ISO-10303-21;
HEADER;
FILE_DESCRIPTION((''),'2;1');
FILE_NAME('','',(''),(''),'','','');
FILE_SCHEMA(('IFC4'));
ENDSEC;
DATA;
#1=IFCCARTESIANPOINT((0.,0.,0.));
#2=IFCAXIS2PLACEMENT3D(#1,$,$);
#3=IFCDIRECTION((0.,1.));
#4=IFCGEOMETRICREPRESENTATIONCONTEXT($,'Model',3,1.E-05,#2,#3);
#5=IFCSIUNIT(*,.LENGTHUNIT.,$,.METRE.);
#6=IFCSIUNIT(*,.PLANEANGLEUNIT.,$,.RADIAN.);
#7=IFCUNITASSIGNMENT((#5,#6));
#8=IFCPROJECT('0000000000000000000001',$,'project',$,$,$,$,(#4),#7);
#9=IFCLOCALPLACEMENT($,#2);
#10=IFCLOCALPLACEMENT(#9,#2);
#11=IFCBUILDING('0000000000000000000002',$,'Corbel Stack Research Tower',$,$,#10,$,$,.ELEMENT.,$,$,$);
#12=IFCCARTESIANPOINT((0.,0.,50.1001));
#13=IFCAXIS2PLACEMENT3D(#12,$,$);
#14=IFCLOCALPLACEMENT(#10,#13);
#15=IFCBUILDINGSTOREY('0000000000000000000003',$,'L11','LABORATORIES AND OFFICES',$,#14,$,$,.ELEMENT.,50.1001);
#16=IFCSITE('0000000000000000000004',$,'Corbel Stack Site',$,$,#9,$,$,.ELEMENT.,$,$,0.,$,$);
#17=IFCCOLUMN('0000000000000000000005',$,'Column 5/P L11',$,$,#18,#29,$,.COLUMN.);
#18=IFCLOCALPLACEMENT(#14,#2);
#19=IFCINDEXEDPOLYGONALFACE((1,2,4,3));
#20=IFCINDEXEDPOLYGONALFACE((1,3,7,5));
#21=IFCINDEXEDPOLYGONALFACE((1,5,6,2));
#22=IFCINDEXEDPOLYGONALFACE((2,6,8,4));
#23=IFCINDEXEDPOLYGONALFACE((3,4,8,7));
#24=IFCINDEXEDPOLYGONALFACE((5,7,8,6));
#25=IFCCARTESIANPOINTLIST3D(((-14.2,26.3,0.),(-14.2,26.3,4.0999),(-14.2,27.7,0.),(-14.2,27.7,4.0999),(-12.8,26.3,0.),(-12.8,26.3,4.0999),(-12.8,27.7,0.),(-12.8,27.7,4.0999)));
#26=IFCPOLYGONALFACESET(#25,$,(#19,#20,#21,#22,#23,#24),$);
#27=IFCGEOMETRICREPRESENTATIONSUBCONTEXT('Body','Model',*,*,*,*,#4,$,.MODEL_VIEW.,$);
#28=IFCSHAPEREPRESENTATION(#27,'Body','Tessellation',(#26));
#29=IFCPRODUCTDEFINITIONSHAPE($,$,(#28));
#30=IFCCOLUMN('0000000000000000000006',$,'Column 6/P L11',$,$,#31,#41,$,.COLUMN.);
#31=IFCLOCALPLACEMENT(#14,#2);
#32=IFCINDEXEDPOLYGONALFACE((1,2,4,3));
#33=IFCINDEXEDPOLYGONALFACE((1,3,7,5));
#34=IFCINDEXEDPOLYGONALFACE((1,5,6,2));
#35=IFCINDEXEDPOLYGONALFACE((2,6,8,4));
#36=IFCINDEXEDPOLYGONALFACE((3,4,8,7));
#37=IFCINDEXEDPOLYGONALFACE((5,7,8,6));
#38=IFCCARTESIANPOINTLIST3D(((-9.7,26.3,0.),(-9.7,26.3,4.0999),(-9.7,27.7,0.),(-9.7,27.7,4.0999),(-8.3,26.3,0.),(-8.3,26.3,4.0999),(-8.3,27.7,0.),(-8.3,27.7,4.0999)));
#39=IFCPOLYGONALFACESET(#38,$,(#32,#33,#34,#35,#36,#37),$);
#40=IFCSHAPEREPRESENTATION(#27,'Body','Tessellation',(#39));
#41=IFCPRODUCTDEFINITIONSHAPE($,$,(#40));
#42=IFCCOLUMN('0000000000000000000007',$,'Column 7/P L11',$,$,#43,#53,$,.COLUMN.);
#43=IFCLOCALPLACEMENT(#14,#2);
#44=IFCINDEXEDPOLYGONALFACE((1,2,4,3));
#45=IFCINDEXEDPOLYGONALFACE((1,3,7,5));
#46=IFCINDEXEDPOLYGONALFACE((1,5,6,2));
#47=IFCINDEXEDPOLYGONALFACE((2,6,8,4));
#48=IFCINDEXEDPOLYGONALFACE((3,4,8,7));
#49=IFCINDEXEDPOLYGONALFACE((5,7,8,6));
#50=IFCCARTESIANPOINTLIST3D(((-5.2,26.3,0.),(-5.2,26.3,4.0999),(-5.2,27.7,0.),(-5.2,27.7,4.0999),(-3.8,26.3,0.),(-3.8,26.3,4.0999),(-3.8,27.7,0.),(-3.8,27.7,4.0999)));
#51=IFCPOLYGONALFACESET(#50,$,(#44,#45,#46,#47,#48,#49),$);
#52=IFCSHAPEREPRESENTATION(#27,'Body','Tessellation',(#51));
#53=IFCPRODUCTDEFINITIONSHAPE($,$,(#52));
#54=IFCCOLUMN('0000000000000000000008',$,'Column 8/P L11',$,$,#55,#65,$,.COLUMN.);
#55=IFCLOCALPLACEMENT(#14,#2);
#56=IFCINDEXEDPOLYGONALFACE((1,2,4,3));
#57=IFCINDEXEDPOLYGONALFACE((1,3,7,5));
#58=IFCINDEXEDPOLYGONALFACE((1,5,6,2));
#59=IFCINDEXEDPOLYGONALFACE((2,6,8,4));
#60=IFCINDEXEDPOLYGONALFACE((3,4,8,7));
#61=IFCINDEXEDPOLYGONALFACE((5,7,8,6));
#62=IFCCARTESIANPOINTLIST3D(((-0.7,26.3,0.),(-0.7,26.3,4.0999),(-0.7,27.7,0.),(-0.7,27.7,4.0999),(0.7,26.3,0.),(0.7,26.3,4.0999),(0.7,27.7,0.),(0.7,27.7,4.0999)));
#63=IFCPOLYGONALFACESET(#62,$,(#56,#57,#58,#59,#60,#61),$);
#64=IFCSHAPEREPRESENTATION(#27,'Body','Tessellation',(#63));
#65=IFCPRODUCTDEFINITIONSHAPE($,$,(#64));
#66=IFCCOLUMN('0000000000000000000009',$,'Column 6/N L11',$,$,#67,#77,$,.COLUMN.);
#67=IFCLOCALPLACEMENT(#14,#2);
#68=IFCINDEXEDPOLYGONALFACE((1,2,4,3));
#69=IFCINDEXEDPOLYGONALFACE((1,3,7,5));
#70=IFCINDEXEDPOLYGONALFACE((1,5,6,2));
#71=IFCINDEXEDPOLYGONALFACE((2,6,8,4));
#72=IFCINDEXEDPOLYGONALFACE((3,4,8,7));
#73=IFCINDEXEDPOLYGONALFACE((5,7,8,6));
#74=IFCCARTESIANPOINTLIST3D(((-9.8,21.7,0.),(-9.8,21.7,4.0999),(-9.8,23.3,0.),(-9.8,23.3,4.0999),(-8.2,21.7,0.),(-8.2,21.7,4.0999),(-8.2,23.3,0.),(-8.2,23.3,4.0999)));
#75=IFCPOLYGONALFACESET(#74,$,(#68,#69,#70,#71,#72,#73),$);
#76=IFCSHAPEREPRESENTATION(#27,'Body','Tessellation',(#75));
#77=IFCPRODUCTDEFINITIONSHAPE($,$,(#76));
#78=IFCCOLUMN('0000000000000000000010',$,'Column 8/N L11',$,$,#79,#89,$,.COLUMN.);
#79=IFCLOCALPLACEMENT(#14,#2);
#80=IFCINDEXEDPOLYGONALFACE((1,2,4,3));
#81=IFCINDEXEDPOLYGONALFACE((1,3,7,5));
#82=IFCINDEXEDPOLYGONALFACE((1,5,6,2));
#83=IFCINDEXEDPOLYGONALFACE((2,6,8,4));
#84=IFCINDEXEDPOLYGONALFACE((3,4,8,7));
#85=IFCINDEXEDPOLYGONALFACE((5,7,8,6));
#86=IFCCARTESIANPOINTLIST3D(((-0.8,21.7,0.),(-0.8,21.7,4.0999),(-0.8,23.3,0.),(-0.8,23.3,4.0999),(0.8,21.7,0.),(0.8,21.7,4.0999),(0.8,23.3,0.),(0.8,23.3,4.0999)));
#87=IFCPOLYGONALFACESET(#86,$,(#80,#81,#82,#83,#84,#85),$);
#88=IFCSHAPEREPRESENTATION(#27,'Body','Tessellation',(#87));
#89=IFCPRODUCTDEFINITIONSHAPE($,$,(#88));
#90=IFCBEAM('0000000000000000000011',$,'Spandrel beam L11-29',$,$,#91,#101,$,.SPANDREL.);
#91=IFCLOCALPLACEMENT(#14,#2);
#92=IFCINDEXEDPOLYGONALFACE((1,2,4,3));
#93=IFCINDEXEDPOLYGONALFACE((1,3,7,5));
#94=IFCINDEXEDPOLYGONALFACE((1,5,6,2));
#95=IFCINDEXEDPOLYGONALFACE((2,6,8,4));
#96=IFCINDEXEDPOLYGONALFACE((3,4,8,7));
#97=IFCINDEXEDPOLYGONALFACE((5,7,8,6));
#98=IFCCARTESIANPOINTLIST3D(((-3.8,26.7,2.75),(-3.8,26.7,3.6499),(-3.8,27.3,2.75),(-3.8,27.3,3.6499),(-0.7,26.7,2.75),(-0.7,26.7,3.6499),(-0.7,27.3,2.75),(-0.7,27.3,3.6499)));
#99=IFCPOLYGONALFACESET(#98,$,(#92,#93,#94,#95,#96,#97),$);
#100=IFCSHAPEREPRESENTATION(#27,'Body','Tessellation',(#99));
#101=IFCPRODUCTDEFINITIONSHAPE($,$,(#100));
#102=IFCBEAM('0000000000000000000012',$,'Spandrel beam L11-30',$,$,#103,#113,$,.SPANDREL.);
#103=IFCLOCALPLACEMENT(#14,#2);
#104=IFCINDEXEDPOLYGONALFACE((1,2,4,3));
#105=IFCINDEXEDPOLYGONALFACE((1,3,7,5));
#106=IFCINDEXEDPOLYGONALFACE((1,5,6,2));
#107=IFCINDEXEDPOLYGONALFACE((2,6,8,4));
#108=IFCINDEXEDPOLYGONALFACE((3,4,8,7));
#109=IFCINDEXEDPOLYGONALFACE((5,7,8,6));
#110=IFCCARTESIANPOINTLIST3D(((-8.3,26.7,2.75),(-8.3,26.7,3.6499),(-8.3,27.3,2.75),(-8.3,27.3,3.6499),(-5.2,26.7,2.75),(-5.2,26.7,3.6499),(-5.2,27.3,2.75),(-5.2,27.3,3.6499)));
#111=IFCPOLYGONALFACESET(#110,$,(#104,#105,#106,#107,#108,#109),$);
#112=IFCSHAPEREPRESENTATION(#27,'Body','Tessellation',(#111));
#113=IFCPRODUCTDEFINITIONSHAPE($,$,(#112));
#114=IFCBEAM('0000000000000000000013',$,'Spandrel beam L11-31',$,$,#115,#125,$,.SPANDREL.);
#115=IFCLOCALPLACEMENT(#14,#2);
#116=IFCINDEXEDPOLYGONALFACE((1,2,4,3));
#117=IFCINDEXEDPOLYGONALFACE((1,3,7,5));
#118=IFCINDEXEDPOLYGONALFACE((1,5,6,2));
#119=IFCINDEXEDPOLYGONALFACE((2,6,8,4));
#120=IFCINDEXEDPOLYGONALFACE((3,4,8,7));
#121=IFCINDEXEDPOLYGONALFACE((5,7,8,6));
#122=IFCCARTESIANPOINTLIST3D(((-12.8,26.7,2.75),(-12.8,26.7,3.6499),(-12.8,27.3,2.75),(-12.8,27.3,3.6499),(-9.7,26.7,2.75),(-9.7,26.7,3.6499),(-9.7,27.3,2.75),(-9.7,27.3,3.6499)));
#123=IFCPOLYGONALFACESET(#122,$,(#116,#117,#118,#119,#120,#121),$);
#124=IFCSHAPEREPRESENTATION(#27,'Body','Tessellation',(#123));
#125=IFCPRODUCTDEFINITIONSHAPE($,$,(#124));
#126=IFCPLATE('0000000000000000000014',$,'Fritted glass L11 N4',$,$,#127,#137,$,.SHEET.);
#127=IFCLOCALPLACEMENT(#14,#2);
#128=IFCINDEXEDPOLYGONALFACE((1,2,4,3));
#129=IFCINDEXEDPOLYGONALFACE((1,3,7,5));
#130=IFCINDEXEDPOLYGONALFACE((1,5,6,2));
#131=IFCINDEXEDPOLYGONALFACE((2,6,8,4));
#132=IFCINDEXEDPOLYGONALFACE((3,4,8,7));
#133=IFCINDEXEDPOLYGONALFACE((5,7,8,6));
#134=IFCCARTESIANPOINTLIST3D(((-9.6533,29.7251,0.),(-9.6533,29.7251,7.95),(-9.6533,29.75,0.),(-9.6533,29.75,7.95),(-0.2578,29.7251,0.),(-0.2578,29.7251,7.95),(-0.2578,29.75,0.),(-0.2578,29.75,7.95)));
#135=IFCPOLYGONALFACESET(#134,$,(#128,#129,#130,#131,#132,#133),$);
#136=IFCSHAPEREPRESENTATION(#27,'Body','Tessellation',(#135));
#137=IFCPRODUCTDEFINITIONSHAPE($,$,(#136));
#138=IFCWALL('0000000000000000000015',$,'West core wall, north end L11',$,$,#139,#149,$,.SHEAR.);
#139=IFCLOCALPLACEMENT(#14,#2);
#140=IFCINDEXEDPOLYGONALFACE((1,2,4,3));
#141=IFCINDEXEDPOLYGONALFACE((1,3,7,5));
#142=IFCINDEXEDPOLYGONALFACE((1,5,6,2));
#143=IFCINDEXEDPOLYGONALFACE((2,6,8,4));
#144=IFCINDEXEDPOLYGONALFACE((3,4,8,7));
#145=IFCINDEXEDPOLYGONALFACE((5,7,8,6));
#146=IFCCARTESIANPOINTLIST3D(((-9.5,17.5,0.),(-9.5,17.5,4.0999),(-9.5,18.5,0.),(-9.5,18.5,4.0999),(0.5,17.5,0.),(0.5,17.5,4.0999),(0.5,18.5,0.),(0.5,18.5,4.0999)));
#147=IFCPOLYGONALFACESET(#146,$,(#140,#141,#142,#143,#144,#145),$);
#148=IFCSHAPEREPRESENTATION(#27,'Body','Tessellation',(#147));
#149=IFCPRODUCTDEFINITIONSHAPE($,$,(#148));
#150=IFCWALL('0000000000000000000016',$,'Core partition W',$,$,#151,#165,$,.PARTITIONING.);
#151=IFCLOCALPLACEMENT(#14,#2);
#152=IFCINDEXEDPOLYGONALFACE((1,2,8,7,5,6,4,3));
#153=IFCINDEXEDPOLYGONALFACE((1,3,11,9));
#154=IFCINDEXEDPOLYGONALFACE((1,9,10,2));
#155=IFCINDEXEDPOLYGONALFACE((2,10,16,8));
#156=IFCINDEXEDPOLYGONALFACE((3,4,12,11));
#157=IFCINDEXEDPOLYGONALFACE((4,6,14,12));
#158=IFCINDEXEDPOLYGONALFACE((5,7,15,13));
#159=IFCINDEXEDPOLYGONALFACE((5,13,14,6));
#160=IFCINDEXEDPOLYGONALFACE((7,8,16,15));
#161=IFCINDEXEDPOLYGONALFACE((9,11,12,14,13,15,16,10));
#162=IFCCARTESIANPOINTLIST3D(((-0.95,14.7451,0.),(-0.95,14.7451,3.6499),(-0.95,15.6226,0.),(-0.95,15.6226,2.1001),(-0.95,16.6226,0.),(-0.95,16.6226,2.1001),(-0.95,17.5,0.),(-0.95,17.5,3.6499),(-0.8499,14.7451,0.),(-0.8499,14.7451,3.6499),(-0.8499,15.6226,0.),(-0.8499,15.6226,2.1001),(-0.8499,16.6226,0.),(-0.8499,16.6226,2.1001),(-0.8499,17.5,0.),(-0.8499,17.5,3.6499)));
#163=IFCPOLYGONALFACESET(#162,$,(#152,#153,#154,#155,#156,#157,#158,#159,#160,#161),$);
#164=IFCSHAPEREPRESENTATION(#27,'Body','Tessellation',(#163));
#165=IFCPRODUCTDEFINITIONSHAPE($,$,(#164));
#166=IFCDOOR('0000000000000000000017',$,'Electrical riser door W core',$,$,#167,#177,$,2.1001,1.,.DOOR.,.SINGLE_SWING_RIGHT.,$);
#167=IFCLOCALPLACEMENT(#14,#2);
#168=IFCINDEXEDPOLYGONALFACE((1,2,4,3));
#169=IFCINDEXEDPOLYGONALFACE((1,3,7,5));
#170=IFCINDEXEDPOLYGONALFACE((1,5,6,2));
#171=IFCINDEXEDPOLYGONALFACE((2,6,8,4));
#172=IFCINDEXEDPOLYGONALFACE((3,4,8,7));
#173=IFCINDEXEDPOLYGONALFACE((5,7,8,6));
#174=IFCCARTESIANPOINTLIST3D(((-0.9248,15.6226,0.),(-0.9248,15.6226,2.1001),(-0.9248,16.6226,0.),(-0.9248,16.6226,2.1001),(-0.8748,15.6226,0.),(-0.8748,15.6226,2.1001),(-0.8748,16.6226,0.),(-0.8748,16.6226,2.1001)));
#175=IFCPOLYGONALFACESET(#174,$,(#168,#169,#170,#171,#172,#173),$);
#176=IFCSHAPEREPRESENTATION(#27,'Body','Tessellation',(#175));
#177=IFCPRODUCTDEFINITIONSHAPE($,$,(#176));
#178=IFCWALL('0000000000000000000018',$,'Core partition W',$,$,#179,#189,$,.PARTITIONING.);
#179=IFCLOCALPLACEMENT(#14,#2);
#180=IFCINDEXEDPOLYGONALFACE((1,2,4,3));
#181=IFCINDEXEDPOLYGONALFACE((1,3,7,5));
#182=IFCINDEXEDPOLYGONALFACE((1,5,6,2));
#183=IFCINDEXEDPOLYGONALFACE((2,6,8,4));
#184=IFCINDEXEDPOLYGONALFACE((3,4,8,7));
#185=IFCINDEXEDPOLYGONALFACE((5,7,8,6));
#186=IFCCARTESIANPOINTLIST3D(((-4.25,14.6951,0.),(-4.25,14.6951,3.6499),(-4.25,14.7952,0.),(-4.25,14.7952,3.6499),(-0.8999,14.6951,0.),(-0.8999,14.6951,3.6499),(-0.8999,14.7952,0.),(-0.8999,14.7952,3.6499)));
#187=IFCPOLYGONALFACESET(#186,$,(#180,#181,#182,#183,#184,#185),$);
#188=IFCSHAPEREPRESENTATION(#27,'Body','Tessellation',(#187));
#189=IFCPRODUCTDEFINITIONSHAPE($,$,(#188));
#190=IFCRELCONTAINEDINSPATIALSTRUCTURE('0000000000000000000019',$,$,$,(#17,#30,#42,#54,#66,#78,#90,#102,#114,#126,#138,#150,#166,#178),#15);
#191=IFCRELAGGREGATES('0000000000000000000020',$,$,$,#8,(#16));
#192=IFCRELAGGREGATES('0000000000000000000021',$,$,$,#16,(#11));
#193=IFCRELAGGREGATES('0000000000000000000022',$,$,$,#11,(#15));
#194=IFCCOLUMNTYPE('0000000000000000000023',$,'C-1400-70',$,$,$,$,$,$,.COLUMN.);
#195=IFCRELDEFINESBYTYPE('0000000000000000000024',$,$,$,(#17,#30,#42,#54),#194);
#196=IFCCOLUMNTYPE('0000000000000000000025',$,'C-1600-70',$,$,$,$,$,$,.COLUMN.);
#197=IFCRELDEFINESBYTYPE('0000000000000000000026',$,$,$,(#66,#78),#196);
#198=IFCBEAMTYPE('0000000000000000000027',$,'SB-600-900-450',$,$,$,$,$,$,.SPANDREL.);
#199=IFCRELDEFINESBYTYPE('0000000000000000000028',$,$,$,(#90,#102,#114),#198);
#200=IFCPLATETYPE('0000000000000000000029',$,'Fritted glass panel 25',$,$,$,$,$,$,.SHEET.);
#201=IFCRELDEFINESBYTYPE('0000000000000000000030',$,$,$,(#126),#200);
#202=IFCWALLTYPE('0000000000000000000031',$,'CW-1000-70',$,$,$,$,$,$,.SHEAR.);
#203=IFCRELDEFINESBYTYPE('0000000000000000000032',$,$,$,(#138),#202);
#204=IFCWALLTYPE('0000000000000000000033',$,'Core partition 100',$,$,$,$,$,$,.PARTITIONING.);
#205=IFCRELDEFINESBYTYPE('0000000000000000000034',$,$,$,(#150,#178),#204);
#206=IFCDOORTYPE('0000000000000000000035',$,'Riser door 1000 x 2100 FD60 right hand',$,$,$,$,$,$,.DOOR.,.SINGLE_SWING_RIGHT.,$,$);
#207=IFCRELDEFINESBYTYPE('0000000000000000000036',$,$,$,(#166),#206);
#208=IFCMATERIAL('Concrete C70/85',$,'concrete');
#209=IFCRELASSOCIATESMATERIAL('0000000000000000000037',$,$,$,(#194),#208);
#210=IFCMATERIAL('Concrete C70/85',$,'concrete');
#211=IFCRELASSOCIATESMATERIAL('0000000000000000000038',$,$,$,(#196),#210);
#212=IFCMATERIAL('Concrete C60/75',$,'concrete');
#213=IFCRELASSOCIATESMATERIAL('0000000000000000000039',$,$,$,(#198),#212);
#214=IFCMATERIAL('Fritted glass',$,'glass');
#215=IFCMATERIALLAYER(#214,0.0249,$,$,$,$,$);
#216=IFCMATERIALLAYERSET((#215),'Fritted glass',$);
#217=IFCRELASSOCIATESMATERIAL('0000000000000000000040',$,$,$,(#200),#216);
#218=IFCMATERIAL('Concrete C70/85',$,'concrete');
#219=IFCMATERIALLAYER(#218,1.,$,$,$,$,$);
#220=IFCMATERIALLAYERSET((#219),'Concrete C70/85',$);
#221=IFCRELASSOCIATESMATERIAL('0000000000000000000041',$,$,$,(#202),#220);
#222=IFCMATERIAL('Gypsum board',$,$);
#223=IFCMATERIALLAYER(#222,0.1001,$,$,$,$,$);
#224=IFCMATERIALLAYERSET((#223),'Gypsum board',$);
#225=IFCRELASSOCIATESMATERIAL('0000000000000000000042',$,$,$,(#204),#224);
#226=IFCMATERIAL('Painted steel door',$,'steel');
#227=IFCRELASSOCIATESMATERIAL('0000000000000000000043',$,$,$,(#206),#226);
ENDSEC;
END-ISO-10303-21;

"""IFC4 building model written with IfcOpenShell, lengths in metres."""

from ifc_helpers import new_model, si_unit, direction, frame, frame_2d, origin, origin_2d, place, context, subcontext, project, spatial, rectangle, extrude, material, layer, layer_set, material_profile, profile_set, type_object, element, fill, save


model = new_model("IFC4")

# Units and contexts
model_context = context("Model", 3, precision=1e-05, world=origin(), true_north=direction((0.0, 1.0)))
body_context = subcontext(model_context, "Body", "Model", "MODEL_VIEW")
ifc_project = project(units=[si_unit("LENGTHUNIT", "METRE"), si_unit("PLANEANGLEUNIT", "RADIAN")], contexts=[model_context])

# Site, building, storey
site_placement = place(None, origin())
site = spatial("IfcSite", under=ifc_project, at=site_placement, Name="Corbel Stack Site", CompositionType="ELEMENT", RefElevation=0.0)
building_placement = place(site_placement, origin())
building = spatial("IfcBuilding", under=site, at=building_placement, Name="Corbel Stack Research Tower", CompositionType="ELEMENT")
storey_placement = place(building_placement, frame((0.0, 0.0, 50.1001)))
storey = spatial("IfcBuildingStorey", under=building, at=storey_placement, Name="L11", Description="LABORATORIES AND OFFICES", CompositionType="ELEMENT", Elevation=50.1001)

# Columns
ifc_material_1 = material(Name="Concrete C70/85", Category="concrete")
ifc_material_profile_1 = material_profile(ifc_material_1, rectangle(XDim=1.3999, YDim=1.3999, at=origin_2d()), Name="RC 1400 x 1400")
ifc_profile_set_1 = profile_set([ifc_material_profile_1], Name="Concrete C70/85")
column_type_1 = type_object("IfcColumnType", Name="C-1400-70", PredefinedType="COLUMN", material=ifc_profile_set_1)
for number, where, z_axis, x_axis, name in (
    (1, (-13.5, 27.0, 0.0), (0.0, 0.0, 1.0), (1.0, 0.0, 0.0), "Column 5/P L11"),
    (2, (-9.0, 27.0, 0.0), (0.0, 0.0, 1.0), (1.0, 0.0, 0.0), "Column 6/P L11"),
    (3, (-4.5, 27.0, 0.0), (0.0, 0.0, 1.0), (1.0, 0.0, 0.0), "Column 7/P L11"),
    (4, (0.0, 27.0, 0.0), (0.0, 0.0, 1.0), (1.0, 0.0, 0.0), "Column 8/P L11"),
):
    element("IfcColumn", number, at=place(storey_placement, frame(where, z_axis=z_axis, x_axis=x_axis)), inside=storey, type_object=column_type_1, Name=name, PredefinedType="COLUMN", context=body_context, shape_type="SweptSolid", body=[
        extrude(rectangle(XDim=1.3999, YDim=1.3999, at=origin_2d()), origin(), (0.0, 0.0, 1.0), 4.0999),
    ])
ifc_material_2 = material(Name="Concrete C70/85", Category="concrete")
ifc_material_profile_2 = material_profile(ifc_material_2, rectangle(XDim=1.6001, YDim=1.6001, at=origin_2d()), Name="RC 1600 x 1600")
ifc_profile_set_2 = profile_set([ifc_material_profile_2], Name="Concrete C70/85")
column_type_2 = type_object("IfcColumnType", Name="C-1600-70", PredefinedType="COLUMN", material=ifc_profile_set_2)
for number, where, z_axis, x_axis, name in (
    (5, (-9.0, 22.5, 0.0), (0.0, 0.0, 1.0), (1.0, 0.0, 0.0), "Column 6/N L11"),
    (6, (0.0, 22.5, 0.0), (0.0, 0.0, 1.0), (1.0, 0.0, 0.0), "Column 8/N L11"),
):
    element("IfcColumn", number, at=place(storey_placement, frame(where, z_axis=z_axis, x_axis=x_axis)), inside=storey, type_object=column_type_2, Name=name, PredefinedType="COLUMN", context=body_context, shape_type="SweptSolid", body=[
        extrude(rectangle(XDim=1.6001, YDim=1.6001, at=origin_2d()), origin(), (0.0, 0.0, 1.0), 4.0999),
    ])

# Beams
ifc_material_3 = material(Name="Concrete C60/75", Category="concrete")
ifc_material_profile_3 = material_profile(ifc_material_3, rectangle(XDim=0.6001, YDim=0.8999, at=origin_2d()), Name="RC 600 x 900")
ifc_profile_set_3 = profile_set([ifc_material_profile_3], Name="Concrete C60/75")
beam_type = type_object("IfcBeamType", Name="SB-600-900-450", PredefinedType="SPANDREL", material=ifc_profile_set_3)
for number, where, z_axis, x_axis, name in (
    (7, (-0.7, 27.0, 3.2), (-1.0, 0.0, 0.0), (0.0, -1.0, 0.0), "Spandrel beam L11-29"),
    (8, (-5.2, 27.0, 3.2), (-1.0, 0.0, 0.0), (0.0, -1.0, 0.0), "Spandrel beam L11-30"),
    (9, (-9.7, 27.0, 3.2), (-1.0, 0.0, 0.0), (0.0, -1.0, 0.0), "Spandrel beam L11-31"),
):
    element("IfcBeam", number, at=place(storey_placement, frame(where, z_axis=z_axis, x_axis=x_axis)), inside=storey, type_object=beam_type, Name=name, PredefinedType="SPANDREL", context=body_context, shape_type="SweptSolid", body=[
        extrude(rectangle(XDim=0.6001, YDim=0.8999, at=origin_2d()), origin(), (0.0, 0.0, 1.0), 3.1001),
    ])

# Plate
ifc_material_4 = material(Name="Fritted glass", Category="glass")
ifc_layer_1 = layer(ifc_material_4, 0.0249)
ifc_layer_set_1 = layer_set([ifc_layer_1], Name="Fritted glass")
plate_type = type_object("IfcPlateType", Name="Fritted glass panel 25", PredefinedType="SHEET", material=ifc_layer_set_1)
plate_placement = place(storey_placement, frame((-4.9556, 29.7375, 0.0), z_axis=(0.0, 0.0, 1.0), x_axis=(-1.0, 0.0, 0.0)))
element("IfcPlate", 10, at=plate_placement, inside=storey, type_object=plate_type, Name="Fritted glass L11 N4", PredefinedType="SHEET", context=body_context, shape_type="SweptSolid", body=[
    extrude(rectangle(XDim=9.3955, YDim=0.0249, at=origin_2d()), origin(), (0.0, 0.0, 1.0), 7.95),
])

# Wall
ifc_material_5 = material(Name="Concrete C70/85", Category="concrete")
ifc_layer_2 = layer(ifc_material_5, 1.0)
ifc_layer_set_2 = layer_set([ifc_layer_2], Name="Concrete C70/85")
wall_type_1 = type_object("IfcWallType", Name="CW-1000-70", PredefinedType="SHEAR", material=ifc_layer_set_2)
wall_1_placement = place(storey_placement, frame((-9.5, 18.0, 0.0), z_axis=(0.0, 0.0, 1.0), x_axis=(1.0, 0.0, 0.0)))
element("IfcWall", 11, at=wall_1_placement, inside=storey, type_object=wall_type_1, Name="West core wall, north end L11", PredefinedType="SHEAR", context=body_context, shape_type="SweptSolid", body=[
    extrude(rectangle(XDim=10.0, YDim=1.0, at=frame_2d((5.0, 0.0))), origin(), (0.0, 0.0, 1.0), 4.0999),
])

# Wall, opening, door
ifc_material_6 = material(Name="Gypsum board")
ifc_layer_3 = layer(ifc_material_6, 0.1001)
ifc_layer_set_3 = layer_set([ifc_layer_3], Name="Gypsum board")
wall_type_2 = type_object("IfcWallType", Name="Core partition 100", PredefinedType="PARTITIONING", material=ifc_layer_set_3)
wall_2_placement = place(storey_placement, frame((-0.8999, 14.7451, 0.0), z_axis=(0.0, 0.0, 1.0), x_axis=(0.0, 1.0, 0.0)))
wall_2 = element("IfcWall", 12, at=wall_2_placement, inside=storey, type_object=wall_type_2, Name="Core partition W", PredefinedType="PARTITIONING", context=body_context, shape_type="SweptSolid", body=[
    extrude(rectangle(XDim=2.7549, YDim=0.1001, at=frame_2d((1.3774, 0.0))), origin(), (0.0, 0.0, 1.0), 3.6499),
])
opening_1_placement = place(wall_2_placement, frame((0.8774, 0.0, 0.0)))
opening_1 = element("IfcOpeningElement", 13, at=opening_1_placement, cuts=wall_2, PredefinedType="OPENING", context=body_context, shape_type="SweptSolid", body=[
    extrude(rectangle(XDim=1.0, YDim=2.1001, at=frame_2d((0.5, 1.05))), frame((0.0, 0.0601, 0.0), z_axis=(0.0, -1.0, 0.0), x_axis=(1.0, 0.0, 0.0)), (0.0, 0.0, 1.0), 0.1201),
])
ifc_material_7 = material(Name="Painted steel door", Category="steel")
door_type_1 = type_object("IfcDoorType", Name="Riser door 1000 x 2100 FD60 right hand", OperationType="SINGLE_SWING_RIGHT", PredefinedType="DOOR", material=ifc_material_7)
door_1_placement = place(opening_1_placement, origin())
door_1 = element("IfcDoor", 14, at=door_1_placement, inside=storey, type_object=door_type_1, Name="Electrical riser door W core", OperationType="SINGLE_SWING_RIGHT", OverallHeight=2.1001, OverallWidth=1.0, PredefinedType="DOOR", context=body_context, shape_type="SweptSolid", body=[
    extrude(rectangle(XDim=1.0, YDim=2.1001, at=frame_2d((0.5, 1.05))), frame((0.0, 0.0249, 0.0), z_axis=(0.0, -1.0, 0.0), x_axis=(1.0, 0.0, 0.0)), (0.0, 0.0, 1.0), 0.05),
])
fill(opening_1, door_1)

# Wall
wall_3_placement = place(storey_placement, frame((-4.25, 14.7451, 0.0), z_axis=(0.0, 0.0, 1.0), x_axis=(1.0, 0.0, 0.0)))
element("IfcWall", 15, at=wall_3_placement, inside=storey, type_object=wall_type_2, Name="Core partition W", PredefinedType="PARTITIONING", context=body_context, shape_type="SweptSolid", body=[
    extrude(rectangle(XDim=3.3501, YDim=0.1001, at=frame_2d((1.675, 0.0))), origin(), (0.0, 0.0, 1.0), 3.6499),
])

save(model, "model.ifc")
